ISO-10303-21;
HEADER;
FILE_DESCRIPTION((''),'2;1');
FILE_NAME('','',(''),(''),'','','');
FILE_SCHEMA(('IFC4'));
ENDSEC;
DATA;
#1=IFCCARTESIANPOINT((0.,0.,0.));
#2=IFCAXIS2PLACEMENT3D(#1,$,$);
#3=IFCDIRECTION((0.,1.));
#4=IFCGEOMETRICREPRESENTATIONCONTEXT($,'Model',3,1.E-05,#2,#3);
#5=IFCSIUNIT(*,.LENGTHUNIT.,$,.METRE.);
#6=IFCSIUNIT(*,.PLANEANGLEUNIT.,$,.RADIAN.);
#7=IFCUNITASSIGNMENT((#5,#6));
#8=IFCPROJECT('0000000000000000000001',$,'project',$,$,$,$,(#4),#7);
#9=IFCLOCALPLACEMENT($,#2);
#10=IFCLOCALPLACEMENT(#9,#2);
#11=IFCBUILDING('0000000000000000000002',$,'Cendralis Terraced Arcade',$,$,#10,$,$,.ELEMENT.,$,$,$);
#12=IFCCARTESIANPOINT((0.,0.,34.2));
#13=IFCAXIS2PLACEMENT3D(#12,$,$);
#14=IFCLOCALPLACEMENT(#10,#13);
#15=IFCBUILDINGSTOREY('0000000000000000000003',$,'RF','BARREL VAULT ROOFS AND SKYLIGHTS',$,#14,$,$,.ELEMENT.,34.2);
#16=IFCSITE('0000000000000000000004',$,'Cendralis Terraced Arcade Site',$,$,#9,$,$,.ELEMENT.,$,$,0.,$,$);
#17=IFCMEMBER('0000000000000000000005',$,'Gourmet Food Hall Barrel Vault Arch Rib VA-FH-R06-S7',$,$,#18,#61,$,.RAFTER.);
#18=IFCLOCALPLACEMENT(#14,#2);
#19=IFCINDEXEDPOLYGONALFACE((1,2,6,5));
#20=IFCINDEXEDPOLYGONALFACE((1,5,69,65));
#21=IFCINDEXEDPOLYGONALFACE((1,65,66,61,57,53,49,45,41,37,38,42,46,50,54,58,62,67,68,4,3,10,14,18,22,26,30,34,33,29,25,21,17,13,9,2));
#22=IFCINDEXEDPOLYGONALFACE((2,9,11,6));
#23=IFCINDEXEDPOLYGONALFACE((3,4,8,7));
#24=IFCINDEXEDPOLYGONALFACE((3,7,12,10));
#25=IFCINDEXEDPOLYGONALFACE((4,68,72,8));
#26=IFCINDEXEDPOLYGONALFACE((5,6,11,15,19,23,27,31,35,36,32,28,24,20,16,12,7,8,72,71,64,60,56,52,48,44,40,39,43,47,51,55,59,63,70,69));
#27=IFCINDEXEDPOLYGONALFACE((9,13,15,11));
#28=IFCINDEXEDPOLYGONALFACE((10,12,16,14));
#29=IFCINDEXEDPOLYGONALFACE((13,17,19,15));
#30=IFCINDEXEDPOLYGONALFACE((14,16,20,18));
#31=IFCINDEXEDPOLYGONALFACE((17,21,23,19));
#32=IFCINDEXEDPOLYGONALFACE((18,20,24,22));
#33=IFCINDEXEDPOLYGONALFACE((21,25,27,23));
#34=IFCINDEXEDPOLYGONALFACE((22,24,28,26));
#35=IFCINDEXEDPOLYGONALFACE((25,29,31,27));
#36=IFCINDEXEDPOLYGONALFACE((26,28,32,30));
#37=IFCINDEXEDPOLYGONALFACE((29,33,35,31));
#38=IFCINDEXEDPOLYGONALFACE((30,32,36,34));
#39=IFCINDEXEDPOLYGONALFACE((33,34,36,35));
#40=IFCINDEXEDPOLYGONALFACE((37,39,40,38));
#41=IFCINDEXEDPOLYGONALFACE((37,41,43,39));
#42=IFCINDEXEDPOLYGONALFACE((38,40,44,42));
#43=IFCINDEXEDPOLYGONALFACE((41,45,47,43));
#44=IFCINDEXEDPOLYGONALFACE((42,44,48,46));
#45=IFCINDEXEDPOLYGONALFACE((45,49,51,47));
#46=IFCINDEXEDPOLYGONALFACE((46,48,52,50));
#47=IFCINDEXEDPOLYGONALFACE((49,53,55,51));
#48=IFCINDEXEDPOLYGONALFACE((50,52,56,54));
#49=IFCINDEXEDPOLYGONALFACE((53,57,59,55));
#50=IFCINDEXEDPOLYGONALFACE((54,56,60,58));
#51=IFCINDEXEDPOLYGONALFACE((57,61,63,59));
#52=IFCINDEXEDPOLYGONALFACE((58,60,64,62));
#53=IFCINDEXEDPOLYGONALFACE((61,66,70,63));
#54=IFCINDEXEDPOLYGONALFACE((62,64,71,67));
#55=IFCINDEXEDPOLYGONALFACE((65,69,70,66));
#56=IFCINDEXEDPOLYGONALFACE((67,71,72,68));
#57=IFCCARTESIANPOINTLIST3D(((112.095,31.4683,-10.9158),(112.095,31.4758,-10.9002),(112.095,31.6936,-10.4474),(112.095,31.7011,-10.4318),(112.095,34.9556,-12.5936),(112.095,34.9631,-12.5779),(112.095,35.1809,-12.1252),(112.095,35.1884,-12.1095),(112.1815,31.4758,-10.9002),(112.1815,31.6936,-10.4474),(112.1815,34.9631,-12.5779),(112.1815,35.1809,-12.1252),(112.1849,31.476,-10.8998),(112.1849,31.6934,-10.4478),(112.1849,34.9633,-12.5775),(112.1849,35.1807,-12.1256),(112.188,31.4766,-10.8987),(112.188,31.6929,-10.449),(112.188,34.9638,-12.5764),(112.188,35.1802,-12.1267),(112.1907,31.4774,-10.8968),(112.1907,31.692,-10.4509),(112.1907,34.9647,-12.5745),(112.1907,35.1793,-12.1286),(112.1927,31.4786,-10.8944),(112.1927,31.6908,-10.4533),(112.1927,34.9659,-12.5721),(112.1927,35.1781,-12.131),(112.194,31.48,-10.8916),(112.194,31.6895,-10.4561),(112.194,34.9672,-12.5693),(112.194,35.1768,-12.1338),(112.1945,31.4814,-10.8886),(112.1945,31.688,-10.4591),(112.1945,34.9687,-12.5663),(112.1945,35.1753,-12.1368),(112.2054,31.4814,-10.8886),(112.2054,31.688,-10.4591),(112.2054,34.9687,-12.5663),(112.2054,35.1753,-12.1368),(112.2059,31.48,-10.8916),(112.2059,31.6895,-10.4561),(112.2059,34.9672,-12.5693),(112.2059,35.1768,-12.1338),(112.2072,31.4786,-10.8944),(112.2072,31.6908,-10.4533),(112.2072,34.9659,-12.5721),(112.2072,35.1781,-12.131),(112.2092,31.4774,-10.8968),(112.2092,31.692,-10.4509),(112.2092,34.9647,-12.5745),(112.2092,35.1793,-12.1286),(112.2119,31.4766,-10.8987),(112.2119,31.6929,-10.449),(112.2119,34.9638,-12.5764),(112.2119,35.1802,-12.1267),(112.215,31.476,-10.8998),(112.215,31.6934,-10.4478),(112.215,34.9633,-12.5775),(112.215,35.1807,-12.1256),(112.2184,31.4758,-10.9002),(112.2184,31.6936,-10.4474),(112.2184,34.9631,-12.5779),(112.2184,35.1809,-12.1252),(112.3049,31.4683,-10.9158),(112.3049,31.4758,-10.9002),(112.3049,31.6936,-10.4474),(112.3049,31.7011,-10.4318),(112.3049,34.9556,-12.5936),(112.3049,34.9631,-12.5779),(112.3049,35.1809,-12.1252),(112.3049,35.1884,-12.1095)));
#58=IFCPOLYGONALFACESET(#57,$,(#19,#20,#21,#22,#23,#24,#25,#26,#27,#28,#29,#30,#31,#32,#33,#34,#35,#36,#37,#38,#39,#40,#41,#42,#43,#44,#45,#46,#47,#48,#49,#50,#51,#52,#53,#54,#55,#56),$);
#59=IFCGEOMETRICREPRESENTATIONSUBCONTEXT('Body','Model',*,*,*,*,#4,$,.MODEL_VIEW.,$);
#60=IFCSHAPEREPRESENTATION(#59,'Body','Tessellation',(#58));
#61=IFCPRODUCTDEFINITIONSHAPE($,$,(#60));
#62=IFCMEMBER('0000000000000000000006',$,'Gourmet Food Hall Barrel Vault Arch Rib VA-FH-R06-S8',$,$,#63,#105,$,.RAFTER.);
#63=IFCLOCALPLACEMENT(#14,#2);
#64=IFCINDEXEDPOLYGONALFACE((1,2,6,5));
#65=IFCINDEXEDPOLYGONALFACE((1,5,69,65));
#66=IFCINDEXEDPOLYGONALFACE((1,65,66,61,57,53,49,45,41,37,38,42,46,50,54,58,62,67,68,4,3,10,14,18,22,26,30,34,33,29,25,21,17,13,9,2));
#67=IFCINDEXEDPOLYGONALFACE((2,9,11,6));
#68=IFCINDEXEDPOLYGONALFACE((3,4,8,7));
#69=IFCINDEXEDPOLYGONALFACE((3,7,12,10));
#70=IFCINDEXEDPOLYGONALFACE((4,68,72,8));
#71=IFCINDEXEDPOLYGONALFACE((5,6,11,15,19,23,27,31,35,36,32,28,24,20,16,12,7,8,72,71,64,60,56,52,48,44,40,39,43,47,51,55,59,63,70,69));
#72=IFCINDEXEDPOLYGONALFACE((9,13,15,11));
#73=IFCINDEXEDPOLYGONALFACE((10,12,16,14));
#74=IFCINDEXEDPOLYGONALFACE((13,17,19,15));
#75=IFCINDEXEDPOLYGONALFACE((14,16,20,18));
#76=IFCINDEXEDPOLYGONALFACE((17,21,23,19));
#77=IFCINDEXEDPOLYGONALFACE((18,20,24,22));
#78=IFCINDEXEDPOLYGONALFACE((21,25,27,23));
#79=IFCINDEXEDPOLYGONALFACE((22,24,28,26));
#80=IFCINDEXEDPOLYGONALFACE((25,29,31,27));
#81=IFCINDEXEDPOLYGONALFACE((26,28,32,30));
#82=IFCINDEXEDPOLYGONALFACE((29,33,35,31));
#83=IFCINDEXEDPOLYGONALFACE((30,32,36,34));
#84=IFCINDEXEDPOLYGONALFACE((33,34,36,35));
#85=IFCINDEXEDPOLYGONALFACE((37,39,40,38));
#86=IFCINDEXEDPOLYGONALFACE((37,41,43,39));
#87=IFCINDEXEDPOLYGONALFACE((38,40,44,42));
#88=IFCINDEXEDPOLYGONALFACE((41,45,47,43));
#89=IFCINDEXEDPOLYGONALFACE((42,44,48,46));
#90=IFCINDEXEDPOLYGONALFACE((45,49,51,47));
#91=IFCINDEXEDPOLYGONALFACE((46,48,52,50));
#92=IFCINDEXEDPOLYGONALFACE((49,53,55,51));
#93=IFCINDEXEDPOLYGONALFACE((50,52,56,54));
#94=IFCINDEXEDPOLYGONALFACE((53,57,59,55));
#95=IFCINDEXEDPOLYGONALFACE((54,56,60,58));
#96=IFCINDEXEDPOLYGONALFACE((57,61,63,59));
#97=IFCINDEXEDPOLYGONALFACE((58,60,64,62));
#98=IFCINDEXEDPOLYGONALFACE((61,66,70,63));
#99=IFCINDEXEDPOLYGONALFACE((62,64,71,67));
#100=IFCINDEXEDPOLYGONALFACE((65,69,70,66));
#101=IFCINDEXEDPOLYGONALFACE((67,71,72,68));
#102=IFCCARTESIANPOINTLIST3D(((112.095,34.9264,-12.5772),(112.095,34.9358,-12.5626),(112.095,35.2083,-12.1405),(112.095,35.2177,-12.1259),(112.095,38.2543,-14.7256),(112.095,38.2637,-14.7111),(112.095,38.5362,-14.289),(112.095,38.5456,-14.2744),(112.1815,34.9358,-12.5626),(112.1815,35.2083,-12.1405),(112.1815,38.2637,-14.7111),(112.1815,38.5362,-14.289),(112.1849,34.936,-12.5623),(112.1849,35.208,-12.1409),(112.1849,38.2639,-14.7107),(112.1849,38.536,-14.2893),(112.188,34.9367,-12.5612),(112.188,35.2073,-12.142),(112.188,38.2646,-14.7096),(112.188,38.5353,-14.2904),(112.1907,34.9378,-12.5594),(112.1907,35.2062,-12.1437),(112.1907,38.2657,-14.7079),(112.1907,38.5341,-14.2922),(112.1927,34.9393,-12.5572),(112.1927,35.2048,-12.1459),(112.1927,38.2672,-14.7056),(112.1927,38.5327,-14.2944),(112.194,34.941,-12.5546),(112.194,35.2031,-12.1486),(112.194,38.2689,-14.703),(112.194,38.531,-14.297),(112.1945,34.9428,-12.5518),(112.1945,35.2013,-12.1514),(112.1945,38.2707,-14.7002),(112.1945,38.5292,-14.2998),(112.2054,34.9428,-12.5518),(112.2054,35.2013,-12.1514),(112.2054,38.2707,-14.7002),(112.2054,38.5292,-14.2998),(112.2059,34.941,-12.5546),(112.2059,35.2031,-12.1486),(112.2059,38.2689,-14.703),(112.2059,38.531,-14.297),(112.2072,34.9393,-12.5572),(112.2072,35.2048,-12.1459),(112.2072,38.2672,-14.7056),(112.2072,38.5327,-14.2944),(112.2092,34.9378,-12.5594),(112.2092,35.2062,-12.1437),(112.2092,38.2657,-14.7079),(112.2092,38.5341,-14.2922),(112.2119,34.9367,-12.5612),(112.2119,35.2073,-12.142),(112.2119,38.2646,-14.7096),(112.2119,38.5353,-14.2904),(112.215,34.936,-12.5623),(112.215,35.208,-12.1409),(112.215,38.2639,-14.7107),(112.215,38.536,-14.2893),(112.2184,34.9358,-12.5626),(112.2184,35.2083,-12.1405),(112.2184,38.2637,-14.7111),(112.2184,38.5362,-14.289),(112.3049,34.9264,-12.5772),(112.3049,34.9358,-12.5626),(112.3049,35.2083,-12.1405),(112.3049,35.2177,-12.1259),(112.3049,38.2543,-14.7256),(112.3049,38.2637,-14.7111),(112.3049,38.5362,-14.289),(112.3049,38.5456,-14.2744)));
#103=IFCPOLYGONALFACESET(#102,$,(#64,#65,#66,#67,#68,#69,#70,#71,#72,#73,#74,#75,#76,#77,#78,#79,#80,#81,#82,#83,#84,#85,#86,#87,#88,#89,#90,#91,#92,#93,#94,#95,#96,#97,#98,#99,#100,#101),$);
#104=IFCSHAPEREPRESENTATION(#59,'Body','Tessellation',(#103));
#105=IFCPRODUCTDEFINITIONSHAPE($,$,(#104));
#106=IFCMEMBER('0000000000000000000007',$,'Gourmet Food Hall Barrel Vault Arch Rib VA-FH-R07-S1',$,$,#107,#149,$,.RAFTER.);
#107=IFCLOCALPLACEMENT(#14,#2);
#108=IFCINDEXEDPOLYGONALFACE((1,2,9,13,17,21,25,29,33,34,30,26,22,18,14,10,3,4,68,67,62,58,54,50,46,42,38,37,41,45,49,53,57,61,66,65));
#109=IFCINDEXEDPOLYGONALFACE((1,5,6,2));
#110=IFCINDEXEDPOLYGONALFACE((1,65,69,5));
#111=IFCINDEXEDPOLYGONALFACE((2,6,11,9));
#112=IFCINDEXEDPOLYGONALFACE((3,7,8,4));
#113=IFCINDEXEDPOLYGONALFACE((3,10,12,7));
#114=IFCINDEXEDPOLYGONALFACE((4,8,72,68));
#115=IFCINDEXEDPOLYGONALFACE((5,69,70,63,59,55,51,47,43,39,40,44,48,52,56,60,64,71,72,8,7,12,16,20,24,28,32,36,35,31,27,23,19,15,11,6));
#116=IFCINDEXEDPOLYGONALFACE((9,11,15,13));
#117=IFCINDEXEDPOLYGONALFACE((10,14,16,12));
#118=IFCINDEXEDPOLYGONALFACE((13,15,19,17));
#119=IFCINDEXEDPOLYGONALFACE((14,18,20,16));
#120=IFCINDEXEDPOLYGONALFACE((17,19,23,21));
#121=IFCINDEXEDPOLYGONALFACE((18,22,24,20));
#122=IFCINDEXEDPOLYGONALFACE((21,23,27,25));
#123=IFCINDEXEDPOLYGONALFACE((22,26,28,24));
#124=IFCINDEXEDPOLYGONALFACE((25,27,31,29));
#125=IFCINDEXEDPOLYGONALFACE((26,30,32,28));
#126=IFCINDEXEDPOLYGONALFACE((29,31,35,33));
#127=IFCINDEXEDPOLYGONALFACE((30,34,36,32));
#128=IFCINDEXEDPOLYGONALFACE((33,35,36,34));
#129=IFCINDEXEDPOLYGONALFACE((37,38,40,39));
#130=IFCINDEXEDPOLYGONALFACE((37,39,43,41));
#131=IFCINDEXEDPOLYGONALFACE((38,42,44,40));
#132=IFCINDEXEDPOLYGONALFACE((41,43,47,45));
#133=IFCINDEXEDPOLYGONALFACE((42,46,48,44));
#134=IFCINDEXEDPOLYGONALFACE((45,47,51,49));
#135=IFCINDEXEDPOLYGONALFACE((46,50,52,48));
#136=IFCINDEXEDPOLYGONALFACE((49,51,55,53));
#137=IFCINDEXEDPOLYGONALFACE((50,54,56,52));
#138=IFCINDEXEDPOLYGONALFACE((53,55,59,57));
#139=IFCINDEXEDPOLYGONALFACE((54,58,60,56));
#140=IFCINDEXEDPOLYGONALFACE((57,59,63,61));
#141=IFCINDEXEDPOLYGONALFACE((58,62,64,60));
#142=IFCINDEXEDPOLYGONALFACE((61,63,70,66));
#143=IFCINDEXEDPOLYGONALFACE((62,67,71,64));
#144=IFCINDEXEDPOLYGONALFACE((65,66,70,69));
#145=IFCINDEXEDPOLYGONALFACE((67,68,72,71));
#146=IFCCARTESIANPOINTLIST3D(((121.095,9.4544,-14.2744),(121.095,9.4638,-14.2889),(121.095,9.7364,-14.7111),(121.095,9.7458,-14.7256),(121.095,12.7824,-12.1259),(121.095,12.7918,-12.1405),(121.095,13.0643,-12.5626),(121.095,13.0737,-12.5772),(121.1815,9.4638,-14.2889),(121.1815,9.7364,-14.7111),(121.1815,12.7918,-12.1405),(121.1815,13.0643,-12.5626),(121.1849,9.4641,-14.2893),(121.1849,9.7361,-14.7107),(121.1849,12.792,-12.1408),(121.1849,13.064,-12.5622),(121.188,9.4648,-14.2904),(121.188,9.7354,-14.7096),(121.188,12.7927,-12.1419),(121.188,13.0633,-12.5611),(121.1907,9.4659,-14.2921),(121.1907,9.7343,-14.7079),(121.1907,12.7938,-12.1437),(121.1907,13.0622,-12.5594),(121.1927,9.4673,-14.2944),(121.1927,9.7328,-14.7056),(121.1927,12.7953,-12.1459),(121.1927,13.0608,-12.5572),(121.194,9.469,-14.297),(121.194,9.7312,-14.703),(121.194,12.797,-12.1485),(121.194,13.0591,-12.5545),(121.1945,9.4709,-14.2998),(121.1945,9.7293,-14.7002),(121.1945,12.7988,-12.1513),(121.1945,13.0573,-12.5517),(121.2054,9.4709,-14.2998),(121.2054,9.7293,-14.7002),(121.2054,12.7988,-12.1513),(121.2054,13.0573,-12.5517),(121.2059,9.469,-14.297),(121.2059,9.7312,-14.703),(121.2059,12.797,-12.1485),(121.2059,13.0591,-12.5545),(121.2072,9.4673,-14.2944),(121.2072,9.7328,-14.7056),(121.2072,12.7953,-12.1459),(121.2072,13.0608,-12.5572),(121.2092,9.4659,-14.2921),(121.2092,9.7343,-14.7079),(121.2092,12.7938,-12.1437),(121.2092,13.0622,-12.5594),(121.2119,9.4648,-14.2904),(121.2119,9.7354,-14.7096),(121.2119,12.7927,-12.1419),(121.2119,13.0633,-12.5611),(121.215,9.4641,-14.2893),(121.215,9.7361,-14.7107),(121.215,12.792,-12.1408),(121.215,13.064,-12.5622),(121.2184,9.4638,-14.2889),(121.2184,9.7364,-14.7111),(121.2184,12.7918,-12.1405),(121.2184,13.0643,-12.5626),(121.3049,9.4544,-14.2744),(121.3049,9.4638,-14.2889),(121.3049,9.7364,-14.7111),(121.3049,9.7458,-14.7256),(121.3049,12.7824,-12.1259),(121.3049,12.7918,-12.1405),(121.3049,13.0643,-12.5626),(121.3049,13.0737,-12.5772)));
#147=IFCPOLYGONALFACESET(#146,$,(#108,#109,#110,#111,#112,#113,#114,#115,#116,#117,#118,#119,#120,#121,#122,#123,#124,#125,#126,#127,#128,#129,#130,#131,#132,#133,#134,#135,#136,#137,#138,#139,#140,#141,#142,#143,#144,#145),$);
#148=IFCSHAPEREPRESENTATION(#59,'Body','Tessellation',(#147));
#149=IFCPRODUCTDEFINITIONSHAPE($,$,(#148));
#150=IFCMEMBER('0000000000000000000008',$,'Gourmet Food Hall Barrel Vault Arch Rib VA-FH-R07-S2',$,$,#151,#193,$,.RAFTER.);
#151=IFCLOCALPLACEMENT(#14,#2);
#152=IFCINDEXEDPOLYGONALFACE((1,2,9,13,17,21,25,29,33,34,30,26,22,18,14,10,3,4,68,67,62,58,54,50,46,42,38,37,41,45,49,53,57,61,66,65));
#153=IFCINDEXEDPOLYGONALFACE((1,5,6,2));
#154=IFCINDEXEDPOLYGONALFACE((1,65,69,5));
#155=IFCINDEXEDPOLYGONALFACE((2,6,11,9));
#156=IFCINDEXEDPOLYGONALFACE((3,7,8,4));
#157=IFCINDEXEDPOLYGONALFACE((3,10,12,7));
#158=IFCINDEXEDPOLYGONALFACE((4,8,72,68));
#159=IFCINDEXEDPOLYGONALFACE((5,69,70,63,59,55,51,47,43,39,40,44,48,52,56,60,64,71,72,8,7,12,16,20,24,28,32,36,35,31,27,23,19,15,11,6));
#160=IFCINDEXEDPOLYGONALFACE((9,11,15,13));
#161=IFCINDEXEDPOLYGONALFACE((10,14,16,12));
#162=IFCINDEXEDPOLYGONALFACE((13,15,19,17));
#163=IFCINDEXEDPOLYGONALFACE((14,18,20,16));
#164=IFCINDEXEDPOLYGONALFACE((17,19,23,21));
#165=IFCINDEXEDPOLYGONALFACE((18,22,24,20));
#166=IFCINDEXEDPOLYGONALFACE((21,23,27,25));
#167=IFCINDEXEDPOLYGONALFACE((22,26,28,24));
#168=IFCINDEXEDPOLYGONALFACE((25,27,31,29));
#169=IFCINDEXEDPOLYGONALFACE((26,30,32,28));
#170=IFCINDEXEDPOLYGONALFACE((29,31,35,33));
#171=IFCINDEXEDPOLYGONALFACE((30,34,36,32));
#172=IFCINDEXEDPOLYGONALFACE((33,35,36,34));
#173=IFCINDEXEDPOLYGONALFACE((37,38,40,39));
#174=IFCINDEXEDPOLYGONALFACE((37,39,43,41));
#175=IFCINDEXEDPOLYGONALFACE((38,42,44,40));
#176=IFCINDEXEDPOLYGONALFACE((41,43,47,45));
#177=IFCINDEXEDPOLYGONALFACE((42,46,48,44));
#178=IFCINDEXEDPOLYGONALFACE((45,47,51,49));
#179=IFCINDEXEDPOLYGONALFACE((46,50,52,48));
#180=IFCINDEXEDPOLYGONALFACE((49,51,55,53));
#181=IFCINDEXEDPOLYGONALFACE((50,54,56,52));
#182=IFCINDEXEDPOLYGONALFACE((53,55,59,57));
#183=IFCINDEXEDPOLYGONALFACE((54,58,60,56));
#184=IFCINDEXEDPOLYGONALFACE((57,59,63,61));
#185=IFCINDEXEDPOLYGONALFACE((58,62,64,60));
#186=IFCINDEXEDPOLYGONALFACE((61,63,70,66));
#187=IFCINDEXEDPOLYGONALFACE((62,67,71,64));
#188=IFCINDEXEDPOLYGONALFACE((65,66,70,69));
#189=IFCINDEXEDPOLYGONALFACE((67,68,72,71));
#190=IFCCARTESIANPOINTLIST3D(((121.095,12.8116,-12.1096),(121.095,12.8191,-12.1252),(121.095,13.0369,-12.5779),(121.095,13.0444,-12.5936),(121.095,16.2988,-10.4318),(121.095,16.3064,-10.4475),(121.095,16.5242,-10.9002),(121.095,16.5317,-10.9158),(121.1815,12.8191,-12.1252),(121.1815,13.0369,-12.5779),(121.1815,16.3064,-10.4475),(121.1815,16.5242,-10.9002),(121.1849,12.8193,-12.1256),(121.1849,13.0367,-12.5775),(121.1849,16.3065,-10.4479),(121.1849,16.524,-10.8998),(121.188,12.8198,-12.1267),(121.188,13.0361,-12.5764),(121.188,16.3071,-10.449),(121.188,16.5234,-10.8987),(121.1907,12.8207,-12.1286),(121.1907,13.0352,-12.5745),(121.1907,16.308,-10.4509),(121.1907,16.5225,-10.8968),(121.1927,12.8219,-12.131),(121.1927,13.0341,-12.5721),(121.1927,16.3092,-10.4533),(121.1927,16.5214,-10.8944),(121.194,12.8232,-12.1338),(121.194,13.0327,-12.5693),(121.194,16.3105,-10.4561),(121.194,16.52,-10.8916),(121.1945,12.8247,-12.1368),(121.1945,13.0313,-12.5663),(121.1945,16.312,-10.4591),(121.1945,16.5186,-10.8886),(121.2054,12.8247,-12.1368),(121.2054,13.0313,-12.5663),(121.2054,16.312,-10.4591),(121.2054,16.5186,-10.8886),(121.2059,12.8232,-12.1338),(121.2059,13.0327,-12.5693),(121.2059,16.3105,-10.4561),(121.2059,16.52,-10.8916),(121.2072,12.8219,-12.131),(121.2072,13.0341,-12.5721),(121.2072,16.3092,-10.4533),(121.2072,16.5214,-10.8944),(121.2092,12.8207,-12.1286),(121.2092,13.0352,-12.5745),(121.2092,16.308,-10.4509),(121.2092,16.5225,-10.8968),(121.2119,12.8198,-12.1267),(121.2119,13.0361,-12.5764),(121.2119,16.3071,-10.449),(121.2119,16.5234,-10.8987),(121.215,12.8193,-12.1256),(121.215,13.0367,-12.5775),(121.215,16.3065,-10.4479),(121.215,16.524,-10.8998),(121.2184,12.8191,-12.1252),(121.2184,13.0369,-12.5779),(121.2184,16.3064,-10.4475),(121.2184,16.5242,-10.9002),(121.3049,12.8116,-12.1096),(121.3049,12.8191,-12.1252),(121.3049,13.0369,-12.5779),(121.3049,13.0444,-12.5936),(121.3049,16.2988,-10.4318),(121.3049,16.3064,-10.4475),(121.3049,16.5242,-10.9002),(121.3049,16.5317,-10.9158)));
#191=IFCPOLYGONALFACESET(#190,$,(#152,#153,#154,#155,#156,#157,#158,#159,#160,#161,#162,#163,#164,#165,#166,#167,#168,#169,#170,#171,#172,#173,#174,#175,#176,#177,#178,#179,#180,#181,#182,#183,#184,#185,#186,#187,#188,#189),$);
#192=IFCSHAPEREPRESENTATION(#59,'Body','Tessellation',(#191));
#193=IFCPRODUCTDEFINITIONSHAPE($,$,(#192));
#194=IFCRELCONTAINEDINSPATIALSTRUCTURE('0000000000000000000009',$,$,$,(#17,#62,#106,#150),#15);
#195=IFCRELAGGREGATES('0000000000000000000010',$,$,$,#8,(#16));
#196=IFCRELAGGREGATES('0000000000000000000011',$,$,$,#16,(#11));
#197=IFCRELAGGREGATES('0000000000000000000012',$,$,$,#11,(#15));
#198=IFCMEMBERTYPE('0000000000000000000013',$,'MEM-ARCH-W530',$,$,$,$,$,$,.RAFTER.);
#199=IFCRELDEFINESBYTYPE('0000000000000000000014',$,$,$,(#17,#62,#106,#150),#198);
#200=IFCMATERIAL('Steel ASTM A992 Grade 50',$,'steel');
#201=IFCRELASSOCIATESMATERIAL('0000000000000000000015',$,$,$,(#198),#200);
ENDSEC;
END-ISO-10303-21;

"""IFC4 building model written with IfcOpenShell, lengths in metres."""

from ifc_helpers import new_model, si_unit, direction, frame, origin, origin_2d, place, context, subcontext, project, spatial, i_section, extrude, material, material_profile, profile_set, type_object, element, save


model = new_model("IFC4")

# Units and contexts
model_context = context("Model", 3, precision=1e-05, world=origin(), true_north=direction((0.0, 1.0)))
body_context = subcontext(model_context, "Body", "Model", "MODEL_VIEW")
ifc_project = project(units=[si_unit("LENGTHUNIT", "METRE"), si_unit("PLANEANGLEUNIT", "RADIAN")], contexts=[model_context])

# Site, building, storey
site_placement = place(None, origin())
site = spatial("IfcSite", under=ifc_project, at=site_placement, Name="Cendralis Terraced Arcade Site", CompositionType="ELEMENT", RefElevation=0.0)
building_placement = place(site_placement, origin())
building = spatial("IfcBuilding", under=site, at=building_placement, Name="Cendralis Terraced Arcade", CompositionType="ELEMENT")
storey_placement = place(building_placement, frame((0.0, 0.0, 34.2)))
storey = spatial("IfcBuildingStorey", under=building, at=storey_placement, Name="RF", Description="BARREL VAULT ROOFS AND SKYLIGHTS", CompositionType="ELEMENT", Elevation=34.2)

# Members
ifc_material_1 = material(Name="Steel ASTM A992 Grade 50", Category="steel")
ifc_material_profile_1 = material_profile(ifc_material_1, i_section(OverallWidth=0.21, OverallDepth=0.5371, WebThickness=0.011, FlangeThickness=0.0173, FilletRadius=0.0129, at=origin_2d()), Name="W530X101", Category="LoadBearing")
ifc_profile_set_1 = profile_set([ifc_material_profile_1], Name="Steel ASTM A992 Grade 50")
member_type_1 = type_object("IfcMemberType", Name="MEM-ARCH-W530", PredefinedType="RAFTER", material=ifc_profile_set_1)
member_1_placement = place(storey_placement, frame((112.2, 31.5847, -10.6738), z_axis=(0.0, 0.901137, -0.433535), x_axis=(-1.0, 0.0, 0.0)))
element("IfcMember", 1, at=member_1_placement, inside=storey, type_object=member_type_1, Name="Gourmet Food Hall Barrel Vault Arch Rib VA-FH-R06-S7", PredefinedType="RAFTER", context=body_context, shape_type="SweptSolid", body=[
    extrude(i_section(OverallWidth=0.21, OverallDepth=0.5371, WebThickness=0.011, FlangeThickness=0.0173, FilletRadius=0.0129, at=origin_2d()), origin(), (0.0, 0.0, 1.0), 3.8699),
])
for number, where, z_axis, x_axis, name in (
    (2, (112.2, 35.072, -12.3516), (0.0, 0.840134, -0.54238), (-1.0, 0.0, 0.0), "Gourmet Food Hall Barrel Vault Arch Rib VA-FH-R06-S8"),
    (3, (121.2, 9.6001, -14.5), (0.0, 0.840134, 0.54238), (-1.0, 0.0, 0.0), "Gourmet Food Hall Barrel Vault Arch Rib VA-FH-R07-S1"),
):
    element("IfcMember", number, at=place(storey_placement, frame(where, z_axis=z_axis, x_axis=x_axis)), inside=storey, type_object=member_type_1, Name=name, PredefinedType="RAFTER", context=body_context, shape_type="SweptSolid", body=[
        extrude(i_section(OverallWidth=0.21, OverallDepth=0.5371, WebThickness=0.011, FlangeThickness=0.0173, FilletRadius=0.0129, at=origin_2d()), origin(), (0.0, 0.0, 1.0), 3.9612),
    ])
member_2_placement = place(storey_placement, frame((121.2, 12.928, -12.3516), z_axis=(0.0, 0.901137, 0.433535), x_axis=(-1.0, 0.0, 0.0)))
element("IfcMember", 4, at=member_2_placement, inside=storey, type_object=member_type_1, Name="Gourmet Food Hall Barrel Vault Arch Rib VA-FH-R07-S2", PredefinedType="RAFTER", context=body_context, shape_type="SweptSolid", body=[
    extrude(i_section(OverallWidth=0.21, OverallDepth=0.5371, WebThickness=0.011, FlangeThickness=0.0173, FilletRadius=0.0129, at=origin_2d()), origin(), (0.0, 0.0, 1.0), 3.8699),
])

save(model, "model.ifc")
